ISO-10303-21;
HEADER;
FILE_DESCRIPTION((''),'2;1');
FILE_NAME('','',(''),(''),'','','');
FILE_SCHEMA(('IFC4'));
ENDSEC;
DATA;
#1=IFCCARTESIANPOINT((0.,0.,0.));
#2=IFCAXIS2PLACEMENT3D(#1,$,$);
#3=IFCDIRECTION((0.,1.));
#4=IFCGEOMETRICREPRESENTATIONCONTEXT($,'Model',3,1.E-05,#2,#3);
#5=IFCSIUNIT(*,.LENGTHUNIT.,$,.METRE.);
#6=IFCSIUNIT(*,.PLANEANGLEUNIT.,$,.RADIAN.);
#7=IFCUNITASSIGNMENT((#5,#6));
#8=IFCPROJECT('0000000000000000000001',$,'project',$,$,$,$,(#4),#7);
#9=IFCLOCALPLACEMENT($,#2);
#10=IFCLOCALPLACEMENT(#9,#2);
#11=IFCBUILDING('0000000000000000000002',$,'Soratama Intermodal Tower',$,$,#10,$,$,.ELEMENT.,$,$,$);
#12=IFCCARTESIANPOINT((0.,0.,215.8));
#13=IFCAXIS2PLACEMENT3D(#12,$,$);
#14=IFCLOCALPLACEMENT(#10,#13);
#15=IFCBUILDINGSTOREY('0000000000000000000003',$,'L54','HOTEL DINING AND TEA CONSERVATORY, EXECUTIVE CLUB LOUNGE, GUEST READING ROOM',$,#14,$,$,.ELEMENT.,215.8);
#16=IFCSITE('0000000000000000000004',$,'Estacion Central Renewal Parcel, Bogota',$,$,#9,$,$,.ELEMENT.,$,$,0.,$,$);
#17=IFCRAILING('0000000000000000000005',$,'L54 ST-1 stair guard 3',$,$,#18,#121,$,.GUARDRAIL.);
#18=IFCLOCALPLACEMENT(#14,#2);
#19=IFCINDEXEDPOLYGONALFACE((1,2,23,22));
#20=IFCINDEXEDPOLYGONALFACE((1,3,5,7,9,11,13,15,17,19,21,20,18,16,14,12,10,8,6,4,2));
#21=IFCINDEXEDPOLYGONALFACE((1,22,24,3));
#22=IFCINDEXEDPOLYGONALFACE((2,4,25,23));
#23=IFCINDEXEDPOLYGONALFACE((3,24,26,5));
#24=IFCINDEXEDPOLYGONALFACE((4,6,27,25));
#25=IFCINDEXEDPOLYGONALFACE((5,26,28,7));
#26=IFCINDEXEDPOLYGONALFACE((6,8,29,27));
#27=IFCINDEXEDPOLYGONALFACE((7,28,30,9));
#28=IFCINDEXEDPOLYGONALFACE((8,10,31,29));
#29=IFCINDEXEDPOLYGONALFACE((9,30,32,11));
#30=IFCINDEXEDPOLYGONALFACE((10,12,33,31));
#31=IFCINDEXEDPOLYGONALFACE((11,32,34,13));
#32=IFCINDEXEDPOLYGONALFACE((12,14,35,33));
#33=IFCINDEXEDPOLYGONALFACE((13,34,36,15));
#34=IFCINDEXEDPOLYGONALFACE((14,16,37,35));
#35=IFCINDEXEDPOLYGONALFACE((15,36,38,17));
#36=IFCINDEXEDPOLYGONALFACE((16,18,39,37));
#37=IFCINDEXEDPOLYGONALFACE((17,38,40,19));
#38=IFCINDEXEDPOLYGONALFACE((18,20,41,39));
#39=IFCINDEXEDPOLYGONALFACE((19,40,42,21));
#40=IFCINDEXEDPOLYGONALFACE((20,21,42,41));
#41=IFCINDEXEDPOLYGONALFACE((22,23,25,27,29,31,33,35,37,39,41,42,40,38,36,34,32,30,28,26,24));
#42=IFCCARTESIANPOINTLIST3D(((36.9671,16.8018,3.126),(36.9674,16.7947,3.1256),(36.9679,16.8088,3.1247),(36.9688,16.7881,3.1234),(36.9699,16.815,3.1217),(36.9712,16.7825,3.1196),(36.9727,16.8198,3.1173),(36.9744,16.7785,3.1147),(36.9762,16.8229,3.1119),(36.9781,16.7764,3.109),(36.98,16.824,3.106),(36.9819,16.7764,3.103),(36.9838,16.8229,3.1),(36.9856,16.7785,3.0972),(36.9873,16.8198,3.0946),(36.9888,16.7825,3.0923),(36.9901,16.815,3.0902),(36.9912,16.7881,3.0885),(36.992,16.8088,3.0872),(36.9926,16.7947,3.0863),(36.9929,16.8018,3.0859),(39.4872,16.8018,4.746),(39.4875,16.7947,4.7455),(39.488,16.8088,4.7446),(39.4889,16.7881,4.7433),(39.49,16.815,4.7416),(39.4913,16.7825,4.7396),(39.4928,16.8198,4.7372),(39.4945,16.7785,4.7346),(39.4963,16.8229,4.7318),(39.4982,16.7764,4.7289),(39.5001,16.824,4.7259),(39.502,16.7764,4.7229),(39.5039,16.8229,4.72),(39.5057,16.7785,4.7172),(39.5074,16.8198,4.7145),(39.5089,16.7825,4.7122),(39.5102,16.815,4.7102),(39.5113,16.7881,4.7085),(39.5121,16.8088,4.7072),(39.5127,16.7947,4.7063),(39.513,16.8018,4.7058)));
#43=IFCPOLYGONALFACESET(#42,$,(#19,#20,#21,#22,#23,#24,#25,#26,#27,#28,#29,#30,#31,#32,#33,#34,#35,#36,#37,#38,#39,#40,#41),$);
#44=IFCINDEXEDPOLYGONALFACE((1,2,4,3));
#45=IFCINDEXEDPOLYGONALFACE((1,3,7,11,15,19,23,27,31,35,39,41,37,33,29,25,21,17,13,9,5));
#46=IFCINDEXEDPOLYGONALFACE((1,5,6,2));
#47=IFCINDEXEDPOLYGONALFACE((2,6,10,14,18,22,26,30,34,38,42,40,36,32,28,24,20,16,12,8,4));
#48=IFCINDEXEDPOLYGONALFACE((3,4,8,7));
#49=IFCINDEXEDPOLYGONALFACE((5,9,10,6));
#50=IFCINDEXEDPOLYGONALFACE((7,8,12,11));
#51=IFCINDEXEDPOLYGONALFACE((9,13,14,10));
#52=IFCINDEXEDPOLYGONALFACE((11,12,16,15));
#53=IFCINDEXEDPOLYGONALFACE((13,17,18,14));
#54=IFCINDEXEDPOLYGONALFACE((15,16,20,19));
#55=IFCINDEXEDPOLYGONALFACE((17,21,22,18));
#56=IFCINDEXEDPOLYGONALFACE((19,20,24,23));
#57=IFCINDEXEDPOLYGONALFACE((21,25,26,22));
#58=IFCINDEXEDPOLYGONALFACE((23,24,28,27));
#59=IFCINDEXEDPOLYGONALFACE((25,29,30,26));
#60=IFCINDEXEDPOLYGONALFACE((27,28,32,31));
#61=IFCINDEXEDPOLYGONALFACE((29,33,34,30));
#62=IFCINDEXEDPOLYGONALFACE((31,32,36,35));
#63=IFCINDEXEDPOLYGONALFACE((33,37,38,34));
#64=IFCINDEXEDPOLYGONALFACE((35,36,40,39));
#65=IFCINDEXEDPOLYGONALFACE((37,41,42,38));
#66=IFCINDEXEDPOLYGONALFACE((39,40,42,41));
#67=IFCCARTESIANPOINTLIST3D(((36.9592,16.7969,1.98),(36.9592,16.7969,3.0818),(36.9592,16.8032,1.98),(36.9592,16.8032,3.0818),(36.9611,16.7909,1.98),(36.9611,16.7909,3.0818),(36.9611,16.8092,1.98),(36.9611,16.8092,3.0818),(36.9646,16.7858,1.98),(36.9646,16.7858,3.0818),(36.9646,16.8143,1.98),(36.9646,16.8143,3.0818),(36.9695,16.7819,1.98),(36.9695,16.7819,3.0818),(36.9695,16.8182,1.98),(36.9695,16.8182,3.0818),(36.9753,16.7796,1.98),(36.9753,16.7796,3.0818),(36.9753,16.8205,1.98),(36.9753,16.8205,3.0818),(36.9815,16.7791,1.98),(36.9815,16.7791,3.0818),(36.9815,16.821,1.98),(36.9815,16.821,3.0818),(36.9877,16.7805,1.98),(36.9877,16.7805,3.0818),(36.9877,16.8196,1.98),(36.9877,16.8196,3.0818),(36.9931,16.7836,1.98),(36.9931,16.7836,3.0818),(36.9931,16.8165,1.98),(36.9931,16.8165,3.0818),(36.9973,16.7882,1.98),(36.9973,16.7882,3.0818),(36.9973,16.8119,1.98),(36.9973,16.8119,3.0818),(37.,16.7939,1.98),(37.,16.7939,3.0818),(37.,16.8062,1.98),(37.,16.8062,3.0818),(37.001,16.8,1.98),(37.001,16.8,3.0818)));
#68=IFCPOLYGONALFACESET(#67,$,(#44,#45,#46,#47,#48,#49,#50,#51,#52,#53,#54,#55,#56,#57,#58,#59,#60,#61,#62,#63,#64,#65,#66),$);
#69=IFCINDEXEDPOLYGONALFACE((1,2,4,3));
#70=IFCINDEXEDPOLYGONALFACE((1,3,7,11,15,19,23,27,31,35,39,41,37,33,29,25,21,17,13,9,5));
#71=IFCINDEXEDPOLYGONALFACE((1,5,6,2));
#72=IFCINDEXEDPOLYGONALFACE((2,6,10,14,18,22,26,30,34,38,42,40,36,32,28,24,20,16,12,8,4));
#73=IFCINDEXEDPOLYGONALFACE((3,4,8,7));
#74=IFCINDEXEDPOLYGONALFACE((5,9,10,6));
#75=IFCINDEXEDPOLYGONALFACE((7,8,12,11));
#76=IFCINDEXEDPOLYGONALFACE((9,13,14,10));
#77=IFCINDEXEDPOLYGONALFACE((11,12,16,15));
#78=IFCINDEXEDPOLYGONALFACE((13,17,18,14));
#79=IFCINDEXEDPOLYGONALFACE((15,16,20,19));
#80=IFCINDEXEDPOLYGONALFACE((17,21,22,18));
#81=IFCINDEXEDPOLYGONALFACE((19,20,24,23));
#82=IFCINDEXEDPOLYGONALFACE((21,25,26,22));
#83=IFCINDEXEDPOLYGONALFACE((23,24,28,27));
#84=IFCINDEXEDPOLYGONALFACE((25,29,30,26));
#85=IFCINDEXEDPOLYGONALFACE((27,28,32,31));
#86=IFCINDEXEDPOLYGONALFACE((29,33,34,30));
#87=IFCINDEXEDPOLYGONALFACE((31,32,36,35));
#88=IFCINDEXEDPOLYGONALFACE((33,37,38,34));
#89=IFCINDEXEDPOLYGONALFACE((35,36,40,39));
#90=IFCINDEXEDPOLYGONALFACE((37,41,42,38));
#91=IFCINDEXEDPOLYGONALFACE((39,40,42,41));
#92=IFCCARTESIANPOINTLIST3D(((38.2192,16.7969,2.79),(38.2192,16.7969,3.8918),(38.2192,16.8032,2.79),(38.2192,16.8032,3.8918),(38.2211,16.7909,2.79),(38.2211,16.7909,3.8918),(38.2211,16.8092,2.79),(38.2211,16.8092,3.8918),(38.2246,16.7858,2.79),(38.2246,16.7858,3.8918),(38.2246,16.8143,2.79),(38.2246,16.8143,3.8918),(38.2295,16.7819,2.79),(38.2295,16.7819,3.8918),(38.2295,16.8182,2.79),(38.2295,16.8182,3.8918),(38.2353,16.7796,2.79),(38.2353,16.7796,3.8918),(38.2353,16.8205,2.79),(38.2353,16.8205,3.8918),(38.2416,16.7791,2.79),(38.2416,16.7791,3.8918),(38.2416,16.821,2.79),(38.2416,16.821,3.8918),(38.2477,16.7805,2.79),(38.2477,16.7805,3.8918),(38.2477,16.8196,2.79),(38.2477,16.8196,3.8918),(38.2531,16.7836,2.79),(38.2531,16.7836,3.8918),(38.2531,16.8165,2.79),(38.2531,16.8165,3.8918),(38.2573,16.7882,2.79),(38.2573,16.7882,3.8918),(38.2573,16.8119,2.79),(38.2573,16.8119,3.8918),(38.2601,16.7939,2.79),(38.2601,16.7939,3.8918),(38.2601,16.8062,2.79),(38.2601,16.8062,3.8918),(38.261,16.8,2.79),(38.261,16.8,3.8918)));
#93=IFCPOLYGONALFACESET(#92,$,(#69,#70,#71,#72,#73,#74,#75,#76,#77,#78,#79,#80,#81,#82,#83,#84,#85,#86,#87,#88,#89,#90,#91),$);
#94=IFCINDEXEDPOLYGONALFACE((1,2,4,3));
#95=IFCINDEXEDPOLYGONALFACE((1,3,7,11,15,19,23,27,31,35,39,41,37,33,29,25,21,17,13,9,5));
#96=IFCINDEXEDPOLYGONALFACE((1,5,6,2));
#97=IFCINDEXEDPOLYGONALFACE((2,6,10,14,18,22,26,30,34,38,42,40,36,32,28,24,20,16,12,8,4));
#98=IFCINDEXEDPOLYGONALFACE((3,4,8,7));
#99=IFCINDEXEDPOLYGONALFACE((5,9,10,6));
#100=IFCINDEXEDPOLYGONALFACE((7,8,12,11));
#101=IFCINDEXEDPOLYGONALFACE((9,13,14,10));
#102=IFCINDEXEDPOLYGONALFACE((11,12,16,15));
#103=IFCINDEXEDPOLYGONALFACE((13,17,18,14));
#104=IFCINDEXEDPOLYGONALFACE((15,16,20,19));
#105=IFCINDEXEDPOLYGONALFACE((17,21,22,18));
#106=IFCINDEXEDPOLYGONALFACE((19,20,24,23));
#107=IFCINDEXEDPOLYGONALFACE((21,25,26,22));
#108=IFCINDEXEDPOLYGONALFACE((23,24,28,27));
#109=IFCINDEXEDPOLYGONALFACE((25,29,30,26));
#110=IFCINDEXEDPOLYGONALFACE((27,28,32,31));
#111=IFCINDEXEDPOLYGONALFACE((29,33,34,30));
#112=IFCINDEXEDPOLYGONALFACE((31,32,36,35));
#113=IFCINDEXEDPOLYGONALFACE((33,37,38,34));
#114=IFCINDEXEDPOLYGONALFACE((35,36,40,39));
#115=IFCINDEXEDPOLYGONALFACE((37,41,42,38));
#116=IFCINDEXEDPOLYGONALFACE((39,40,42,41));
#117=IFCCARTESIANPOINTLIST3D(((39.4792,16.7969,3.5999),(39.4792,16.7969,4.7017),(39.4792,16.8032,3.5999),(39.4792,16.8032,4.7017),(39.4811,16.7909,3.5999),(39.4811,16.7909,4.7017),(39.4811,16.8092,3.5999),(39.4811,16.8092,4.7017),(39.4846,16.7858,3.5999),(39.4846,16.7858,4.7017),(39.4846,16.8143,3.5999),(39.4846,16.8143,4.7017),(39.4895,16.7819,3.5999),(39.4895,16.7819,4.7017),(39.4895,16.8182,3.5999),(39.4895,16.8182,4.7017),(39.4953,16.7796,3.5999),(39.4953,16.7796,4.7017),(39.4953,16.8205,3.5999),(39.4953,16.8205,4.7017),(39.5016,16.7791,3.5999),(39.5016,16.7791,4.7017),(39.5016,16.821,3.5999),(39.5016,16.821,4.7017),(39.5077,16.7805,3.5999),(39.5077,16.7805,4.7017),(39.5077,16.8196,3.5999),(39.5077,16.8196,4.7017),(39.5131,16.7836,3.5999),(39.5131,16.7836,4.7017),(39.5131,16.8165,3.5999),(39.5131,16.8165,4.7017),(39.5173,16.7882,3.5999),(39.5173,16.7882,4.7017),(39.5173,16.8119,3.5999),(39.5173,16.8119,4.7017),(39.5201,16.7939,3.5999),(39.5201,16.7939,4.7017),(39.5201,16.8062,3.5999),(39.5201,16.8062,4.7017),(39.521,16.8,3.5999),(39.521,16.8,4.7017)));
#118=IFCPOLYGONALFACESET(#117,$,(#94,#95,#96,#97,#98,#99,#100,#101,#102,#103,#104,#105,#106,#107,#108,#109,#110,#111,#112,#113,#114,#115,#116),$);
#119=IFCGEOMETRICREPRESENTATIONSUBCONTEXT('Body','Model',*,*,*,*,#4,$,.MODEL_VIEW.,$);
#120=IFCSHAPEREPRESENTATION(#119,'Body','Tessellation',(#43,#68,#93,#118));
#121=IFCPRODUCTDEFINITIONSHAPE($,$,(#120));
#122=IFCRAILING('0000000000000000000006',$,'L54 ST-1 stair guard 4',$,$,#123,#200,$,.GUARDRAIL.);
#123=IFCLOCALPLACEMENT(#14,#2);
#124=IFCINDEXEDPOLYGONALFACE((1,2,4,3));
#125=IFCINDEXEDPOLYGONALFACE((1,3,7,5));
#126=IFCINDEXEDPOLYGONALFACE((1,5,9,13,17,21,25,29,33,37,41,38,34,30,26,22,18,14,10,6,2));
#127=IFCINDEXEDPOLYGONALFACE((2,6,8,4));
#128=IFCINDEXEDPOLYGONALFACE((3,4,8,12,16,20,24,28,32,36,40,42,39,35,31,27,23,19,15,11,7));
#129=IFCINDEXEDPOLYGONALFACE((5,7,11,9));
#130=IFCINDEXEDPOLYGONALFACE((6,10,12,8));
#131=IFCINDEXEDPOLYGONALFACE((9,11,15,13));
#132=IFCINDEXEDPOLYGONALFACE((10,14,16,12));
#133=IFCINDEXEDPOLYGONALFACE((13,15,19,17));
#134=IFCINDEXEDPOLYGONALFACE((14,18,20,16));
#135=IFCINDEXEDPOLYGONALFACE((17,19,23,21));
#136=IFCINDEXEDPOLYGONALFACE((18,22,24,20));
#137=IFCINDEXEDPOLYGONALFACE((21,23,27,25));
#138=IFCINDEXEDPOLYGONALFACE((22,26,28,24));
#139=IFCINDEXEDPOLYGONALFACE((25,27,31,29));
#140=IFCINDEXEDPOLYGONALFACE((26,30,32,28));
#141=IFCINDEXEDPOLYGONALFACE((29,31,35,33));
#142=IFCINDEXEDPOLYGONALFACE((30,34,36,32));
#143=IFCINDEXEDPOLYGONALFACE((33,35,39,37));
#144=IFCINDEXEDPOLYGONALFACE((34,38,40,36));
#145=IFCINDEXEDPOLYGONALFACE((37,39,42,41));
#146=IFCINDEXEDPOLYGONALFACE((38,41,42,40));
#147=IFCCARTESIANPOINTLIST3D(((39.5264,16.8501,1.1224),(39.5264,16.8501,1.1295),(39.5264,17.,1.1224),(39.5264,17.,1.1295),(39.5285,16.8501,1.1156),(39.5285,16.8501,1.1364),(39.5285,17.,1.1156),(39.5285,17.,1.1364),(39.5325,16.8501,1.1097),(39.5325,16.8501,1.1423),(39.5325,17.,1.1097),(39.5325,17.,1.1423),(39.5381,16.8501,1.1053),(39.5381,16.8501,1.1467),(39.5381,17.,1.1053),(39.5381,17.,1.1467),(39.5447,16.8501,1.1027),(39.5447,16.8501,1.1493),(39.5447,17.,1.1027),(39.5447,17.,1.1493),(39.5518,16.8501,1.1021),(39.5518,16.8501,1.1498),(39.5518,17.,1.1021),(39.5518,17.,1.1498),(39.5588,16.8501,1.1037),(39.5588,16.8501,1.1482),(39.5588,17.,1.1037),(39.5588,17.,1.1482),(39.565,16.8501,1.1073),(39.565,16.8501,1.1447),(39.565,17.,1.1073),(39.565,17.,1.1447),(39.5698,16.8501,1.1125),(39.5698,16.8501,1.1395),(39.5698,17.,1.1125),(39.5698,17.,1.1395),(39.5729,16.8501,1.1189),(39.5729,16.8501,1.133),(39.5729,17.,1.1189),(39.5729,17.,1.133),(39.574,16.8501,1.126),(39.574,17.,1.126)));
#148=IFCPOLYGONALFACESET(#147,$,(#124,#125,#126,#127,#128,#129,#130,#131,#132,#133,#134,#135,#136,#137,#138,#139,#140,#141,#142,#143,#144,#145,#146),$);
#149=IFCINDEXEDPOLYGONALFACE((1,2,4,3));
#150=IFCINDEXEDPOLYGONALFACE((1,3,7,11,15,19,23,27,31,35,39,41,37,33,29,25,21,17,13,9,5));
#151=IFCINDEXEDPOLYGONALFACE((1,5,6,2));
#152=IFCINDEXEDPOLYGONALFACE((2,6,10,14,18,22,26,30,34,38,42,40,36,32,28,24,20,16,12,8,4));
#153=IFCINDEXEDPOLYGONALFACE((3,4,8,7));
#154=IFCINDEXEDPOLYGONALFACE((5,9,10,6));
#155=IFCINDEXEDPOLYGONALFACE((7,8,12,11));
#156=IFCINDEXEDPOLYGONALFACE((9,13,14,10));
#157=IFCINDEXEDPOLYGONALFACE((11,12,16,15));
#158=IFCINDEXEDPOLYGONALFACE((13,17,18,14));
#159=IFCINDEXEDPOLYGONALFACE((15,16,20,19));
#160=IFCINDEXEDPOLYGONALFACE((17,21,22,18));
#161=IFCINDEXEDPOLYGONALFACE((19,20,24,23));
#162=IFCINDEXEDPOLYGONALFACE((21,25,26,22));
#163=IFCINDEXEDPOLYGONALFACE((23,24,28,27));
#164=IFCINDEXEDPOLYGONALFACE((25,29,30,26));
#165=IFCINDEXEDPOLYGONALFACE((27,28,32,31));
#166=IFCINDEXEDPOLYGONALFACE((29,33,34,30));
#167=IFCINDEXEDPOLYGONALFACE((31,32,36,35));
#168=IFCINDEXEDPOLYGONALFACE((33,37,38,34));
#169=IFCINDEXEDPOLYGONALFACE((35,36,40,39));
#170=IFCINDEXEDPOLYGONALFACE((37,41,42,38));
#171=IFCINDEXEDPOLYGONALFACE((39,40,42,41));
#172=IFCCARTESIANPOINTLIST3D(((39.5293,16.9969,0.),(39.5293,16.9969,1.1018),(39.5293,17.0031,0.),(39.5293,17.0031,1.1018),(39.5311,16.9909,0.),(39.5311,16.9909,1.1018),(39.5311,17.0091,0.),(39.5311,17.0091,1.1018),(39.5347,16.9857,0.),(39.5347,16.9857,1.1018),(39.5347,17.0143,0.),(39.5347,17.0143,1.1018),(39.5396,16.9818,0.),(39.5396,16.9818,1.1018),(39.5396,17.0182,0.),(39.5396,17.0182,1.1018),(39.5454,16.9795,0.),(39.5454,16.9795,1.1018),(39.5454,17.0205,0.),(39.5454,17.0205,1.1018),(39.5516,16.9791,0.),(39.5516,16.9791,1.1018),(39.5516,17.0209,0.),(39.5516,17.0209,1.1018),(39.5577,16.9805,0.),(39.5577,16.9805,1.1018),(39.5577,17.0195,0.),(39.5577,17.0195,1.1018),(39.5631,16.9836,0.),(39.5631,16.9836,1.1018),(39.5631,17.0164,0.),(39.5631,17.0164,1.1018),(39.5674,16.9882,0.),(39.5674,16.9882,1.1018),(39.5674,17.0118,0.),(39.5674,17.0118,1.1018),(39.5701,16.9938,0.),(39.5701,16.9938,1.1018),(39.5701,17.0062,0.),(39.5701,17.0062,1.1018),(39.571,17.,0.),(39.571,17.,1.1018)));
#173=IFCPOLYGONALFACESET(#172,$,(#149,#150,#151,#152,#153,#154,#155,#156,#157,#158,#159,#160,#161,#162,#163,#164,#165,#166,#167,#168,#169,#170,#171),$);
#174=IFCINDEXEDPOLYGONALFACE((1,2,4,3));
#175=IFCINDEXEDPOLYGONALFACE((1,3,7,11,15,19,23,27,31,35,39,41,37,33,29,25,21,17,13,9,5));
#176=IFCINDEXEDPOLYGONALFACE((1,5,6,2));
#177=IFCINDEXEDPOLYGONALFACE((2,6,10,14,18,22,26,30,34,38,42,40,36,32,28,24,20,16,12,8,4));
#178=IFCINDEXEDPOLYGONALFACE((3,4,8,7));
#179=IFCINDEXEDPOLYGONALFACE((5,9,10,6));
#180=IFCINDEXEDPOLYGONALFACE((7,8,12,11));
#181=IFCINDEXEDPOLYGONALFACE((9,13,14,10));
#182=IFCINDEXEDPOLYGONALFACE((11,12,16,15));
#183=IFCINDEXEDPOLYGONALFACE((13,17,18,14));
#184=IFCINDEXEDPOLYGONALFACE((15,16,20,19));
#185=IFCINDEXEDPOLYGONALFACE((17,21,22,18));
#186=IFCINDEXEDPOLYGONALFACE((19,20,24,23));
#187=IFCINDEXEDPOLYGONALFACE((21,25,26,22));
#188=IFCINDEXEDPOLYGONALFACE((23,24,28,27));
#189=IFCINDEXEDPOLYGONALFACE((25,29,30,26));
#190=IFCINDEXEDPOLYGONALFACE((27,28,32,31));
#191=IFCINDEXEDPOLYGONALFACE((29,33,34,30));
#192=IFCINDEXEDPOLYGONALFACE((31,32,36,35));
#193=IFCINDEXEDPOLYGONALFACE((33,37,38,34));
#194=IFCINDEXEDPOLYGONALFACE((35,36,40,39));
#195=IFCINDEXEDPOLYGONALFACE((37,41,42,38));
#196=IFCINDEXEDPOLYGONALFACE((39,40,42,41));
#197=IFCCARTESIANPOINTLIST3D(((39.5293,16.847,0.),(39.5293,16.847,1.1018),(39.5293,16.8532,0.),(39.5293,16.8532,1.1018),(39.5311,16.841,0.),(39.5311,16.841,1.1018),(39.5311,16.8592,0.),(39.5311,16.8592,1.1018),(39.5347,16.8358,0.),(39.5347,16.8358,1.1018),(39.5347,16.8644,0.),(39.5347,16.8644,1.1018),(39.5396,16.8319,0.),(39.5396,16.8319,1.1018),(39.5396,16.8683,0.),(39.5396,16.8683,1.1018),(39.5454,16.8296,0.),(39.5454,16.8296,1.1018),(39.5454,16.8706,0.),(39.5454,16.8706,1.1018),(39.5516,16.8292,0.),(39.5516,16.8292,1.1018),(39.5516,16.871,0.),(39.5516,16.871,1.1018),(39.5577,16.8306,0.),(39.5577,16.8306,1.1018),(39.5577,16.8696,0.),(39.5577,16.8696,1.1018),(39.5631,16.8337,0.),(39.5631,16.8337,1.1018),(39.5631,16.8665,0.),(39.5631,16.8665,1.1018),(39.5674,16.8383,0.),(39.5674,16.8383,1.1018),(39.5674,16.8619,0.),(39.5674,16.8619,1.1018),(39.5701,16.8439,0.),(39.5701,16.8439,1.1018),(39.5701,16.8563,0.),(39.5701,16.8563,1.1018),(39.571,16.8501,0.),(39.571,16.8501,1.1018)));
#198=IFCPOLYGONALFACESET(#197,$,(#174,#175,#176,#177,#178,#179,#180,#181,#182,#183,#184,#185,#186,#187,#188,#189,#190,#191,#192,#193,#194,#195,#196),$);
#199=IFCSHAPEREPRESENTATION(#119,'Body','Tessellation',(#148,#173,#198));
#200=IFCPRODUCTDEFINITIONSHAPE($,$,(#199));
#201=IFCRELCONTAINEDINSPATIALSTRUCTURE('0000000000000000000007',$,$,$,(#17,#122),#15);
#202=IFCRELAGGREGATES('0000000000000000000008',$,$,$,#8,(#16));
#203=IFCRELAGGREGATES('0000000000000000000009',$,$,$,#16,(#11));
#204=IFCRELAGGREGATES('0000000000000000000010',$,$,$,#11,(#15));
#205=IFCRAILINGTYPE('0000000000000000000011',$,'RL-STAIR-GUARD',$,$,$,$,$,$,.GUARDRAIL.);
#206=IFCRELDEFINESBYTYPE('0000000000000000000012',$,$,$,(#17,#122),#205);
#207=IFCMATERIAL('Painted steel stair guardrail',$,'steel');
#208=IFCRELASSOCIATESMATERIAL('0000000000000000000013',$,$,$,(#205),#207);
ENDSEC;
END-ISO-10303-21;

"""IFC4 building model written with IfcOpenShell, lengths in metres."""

from ifc_helpers import new_model, si_unit, direction, frame, origin, origin_2d, place, context, subcontext, project, spatial, circle, extrude, material, type_object, element, save


model = new_model("IFC4")

# Units and contexts
model_context = context("Model", 3, precision=1e-05, world=origin(), true_north=direction((0.0, 1.0)))
body_context = subcontext(model_context, "Body", "Model", "MODEL_VIEW")
ifc_project = project(units=[si_unit("LENGTHUNIT", "METRE"), si_unit("PLANEANGLEUNIT", "RADIAN")], contexts=[model_context])

# Site, building, storey
site_placement = place(None, origin())
site = spatial("IfcSite", under=ifc_project, at=site_placement, Name="Estacion Central Renewal Parcel, Bogota", CompositionType="ELEMENT", RefElevation=0.0)
building_placement = place(site_placement, origin())
building = spatial("IfcBuilding", under=site, at=building_placement, Name="Soratama Intermodal Tower", CompositionType="ELEMENT")
storey_placement = place(building_placement, frame((0.0, 0.0, 215.8)))
storey = spatial("IfcBuildingStorey", under=building, at=storey_placement, Name="L54", Description="HOTEL DINING AND TEA CONSERVATORY, EXECUTIVE CLUB LOUNGE, GUEST READING ROOM", CompositionType="ELEMENT", Elevation=215.8)

# Railings
ifc_material_1 = material(Name="Painted steel stair guardrail", Category="steel")
railing_type_1 = type_object("IfcRailingType", Name="RL-STAIR-GUARD", PredefinedType="GUARDRAIL", material=ifc_material_1)
railing_1_placement = place(storey_placement, frame((36.98, 16.8, 1.98)))
element("IfcRailing", 1, at=railing_1_placement, inside=storey, type_object=railing_type_1, Name="L54 ST-1 stair guard 3", PredefinedType="GUARDRAIL", context=body_context, shape_type="SweptSolid", body=[
    extrude(circle(Radius=0.0239, at=origin_2d()), frame((0.0, 0.0, 1.126), z_axis=(0.8412, 0.0, 0.540725), x_axis=(0.0, 1.0, 0.0)), (0.0, 0.0, 1.0), 2.9958),
    extrude(circle(Radius=0.021, at=origin_2d()), origin(), (0.0, 0.0, 1.0), 1.1018),
    extrude(circle(Radius=0.021, at=origin_2d()), frame((1.26, 0.0, 0.8101)), (0.0, 0.0, 1.0), 1.1018),
    extrude(circle(Radius=0.021, at=origin_2d()), frame((2.52, 0.0, 1.6199)), (0.0, 0.0, 1.0), 1.1018),
])
railing_2_placement = place(storey_placement, frame((39.55, 17.0, 0.0)))
element("IfcRailing", 2, at=railing_2_placement, inside=storey, type_object=railing_type_1, Name="L54 ST-1 stair guard 4", PredefinedType="GUARDRAIL", context=body_context, shape_type="SweptSolid", body=[
    extrude(circle(Radius=0.0239, at=origin_2d()), frame((0.0, 0.0, 1.126), z_axis=(0.0, -1.0, 0.0), x_axis=(1.0, 0.0, 0.0)), (0.0, 0.0, 1.0), 0.1499),
    extrude(circle(Radius=0.021, at=origin_2d()), origin(), (0.0, 0.0, 1.0), 1.1018),
    extrude(circle(Radius=0.021, at=origin_2d()), frame((0.0, -0.1499, 0.0)), (0.0, 0.0, 1.0), 1.1018),
])

save(model, "model.ifc")
